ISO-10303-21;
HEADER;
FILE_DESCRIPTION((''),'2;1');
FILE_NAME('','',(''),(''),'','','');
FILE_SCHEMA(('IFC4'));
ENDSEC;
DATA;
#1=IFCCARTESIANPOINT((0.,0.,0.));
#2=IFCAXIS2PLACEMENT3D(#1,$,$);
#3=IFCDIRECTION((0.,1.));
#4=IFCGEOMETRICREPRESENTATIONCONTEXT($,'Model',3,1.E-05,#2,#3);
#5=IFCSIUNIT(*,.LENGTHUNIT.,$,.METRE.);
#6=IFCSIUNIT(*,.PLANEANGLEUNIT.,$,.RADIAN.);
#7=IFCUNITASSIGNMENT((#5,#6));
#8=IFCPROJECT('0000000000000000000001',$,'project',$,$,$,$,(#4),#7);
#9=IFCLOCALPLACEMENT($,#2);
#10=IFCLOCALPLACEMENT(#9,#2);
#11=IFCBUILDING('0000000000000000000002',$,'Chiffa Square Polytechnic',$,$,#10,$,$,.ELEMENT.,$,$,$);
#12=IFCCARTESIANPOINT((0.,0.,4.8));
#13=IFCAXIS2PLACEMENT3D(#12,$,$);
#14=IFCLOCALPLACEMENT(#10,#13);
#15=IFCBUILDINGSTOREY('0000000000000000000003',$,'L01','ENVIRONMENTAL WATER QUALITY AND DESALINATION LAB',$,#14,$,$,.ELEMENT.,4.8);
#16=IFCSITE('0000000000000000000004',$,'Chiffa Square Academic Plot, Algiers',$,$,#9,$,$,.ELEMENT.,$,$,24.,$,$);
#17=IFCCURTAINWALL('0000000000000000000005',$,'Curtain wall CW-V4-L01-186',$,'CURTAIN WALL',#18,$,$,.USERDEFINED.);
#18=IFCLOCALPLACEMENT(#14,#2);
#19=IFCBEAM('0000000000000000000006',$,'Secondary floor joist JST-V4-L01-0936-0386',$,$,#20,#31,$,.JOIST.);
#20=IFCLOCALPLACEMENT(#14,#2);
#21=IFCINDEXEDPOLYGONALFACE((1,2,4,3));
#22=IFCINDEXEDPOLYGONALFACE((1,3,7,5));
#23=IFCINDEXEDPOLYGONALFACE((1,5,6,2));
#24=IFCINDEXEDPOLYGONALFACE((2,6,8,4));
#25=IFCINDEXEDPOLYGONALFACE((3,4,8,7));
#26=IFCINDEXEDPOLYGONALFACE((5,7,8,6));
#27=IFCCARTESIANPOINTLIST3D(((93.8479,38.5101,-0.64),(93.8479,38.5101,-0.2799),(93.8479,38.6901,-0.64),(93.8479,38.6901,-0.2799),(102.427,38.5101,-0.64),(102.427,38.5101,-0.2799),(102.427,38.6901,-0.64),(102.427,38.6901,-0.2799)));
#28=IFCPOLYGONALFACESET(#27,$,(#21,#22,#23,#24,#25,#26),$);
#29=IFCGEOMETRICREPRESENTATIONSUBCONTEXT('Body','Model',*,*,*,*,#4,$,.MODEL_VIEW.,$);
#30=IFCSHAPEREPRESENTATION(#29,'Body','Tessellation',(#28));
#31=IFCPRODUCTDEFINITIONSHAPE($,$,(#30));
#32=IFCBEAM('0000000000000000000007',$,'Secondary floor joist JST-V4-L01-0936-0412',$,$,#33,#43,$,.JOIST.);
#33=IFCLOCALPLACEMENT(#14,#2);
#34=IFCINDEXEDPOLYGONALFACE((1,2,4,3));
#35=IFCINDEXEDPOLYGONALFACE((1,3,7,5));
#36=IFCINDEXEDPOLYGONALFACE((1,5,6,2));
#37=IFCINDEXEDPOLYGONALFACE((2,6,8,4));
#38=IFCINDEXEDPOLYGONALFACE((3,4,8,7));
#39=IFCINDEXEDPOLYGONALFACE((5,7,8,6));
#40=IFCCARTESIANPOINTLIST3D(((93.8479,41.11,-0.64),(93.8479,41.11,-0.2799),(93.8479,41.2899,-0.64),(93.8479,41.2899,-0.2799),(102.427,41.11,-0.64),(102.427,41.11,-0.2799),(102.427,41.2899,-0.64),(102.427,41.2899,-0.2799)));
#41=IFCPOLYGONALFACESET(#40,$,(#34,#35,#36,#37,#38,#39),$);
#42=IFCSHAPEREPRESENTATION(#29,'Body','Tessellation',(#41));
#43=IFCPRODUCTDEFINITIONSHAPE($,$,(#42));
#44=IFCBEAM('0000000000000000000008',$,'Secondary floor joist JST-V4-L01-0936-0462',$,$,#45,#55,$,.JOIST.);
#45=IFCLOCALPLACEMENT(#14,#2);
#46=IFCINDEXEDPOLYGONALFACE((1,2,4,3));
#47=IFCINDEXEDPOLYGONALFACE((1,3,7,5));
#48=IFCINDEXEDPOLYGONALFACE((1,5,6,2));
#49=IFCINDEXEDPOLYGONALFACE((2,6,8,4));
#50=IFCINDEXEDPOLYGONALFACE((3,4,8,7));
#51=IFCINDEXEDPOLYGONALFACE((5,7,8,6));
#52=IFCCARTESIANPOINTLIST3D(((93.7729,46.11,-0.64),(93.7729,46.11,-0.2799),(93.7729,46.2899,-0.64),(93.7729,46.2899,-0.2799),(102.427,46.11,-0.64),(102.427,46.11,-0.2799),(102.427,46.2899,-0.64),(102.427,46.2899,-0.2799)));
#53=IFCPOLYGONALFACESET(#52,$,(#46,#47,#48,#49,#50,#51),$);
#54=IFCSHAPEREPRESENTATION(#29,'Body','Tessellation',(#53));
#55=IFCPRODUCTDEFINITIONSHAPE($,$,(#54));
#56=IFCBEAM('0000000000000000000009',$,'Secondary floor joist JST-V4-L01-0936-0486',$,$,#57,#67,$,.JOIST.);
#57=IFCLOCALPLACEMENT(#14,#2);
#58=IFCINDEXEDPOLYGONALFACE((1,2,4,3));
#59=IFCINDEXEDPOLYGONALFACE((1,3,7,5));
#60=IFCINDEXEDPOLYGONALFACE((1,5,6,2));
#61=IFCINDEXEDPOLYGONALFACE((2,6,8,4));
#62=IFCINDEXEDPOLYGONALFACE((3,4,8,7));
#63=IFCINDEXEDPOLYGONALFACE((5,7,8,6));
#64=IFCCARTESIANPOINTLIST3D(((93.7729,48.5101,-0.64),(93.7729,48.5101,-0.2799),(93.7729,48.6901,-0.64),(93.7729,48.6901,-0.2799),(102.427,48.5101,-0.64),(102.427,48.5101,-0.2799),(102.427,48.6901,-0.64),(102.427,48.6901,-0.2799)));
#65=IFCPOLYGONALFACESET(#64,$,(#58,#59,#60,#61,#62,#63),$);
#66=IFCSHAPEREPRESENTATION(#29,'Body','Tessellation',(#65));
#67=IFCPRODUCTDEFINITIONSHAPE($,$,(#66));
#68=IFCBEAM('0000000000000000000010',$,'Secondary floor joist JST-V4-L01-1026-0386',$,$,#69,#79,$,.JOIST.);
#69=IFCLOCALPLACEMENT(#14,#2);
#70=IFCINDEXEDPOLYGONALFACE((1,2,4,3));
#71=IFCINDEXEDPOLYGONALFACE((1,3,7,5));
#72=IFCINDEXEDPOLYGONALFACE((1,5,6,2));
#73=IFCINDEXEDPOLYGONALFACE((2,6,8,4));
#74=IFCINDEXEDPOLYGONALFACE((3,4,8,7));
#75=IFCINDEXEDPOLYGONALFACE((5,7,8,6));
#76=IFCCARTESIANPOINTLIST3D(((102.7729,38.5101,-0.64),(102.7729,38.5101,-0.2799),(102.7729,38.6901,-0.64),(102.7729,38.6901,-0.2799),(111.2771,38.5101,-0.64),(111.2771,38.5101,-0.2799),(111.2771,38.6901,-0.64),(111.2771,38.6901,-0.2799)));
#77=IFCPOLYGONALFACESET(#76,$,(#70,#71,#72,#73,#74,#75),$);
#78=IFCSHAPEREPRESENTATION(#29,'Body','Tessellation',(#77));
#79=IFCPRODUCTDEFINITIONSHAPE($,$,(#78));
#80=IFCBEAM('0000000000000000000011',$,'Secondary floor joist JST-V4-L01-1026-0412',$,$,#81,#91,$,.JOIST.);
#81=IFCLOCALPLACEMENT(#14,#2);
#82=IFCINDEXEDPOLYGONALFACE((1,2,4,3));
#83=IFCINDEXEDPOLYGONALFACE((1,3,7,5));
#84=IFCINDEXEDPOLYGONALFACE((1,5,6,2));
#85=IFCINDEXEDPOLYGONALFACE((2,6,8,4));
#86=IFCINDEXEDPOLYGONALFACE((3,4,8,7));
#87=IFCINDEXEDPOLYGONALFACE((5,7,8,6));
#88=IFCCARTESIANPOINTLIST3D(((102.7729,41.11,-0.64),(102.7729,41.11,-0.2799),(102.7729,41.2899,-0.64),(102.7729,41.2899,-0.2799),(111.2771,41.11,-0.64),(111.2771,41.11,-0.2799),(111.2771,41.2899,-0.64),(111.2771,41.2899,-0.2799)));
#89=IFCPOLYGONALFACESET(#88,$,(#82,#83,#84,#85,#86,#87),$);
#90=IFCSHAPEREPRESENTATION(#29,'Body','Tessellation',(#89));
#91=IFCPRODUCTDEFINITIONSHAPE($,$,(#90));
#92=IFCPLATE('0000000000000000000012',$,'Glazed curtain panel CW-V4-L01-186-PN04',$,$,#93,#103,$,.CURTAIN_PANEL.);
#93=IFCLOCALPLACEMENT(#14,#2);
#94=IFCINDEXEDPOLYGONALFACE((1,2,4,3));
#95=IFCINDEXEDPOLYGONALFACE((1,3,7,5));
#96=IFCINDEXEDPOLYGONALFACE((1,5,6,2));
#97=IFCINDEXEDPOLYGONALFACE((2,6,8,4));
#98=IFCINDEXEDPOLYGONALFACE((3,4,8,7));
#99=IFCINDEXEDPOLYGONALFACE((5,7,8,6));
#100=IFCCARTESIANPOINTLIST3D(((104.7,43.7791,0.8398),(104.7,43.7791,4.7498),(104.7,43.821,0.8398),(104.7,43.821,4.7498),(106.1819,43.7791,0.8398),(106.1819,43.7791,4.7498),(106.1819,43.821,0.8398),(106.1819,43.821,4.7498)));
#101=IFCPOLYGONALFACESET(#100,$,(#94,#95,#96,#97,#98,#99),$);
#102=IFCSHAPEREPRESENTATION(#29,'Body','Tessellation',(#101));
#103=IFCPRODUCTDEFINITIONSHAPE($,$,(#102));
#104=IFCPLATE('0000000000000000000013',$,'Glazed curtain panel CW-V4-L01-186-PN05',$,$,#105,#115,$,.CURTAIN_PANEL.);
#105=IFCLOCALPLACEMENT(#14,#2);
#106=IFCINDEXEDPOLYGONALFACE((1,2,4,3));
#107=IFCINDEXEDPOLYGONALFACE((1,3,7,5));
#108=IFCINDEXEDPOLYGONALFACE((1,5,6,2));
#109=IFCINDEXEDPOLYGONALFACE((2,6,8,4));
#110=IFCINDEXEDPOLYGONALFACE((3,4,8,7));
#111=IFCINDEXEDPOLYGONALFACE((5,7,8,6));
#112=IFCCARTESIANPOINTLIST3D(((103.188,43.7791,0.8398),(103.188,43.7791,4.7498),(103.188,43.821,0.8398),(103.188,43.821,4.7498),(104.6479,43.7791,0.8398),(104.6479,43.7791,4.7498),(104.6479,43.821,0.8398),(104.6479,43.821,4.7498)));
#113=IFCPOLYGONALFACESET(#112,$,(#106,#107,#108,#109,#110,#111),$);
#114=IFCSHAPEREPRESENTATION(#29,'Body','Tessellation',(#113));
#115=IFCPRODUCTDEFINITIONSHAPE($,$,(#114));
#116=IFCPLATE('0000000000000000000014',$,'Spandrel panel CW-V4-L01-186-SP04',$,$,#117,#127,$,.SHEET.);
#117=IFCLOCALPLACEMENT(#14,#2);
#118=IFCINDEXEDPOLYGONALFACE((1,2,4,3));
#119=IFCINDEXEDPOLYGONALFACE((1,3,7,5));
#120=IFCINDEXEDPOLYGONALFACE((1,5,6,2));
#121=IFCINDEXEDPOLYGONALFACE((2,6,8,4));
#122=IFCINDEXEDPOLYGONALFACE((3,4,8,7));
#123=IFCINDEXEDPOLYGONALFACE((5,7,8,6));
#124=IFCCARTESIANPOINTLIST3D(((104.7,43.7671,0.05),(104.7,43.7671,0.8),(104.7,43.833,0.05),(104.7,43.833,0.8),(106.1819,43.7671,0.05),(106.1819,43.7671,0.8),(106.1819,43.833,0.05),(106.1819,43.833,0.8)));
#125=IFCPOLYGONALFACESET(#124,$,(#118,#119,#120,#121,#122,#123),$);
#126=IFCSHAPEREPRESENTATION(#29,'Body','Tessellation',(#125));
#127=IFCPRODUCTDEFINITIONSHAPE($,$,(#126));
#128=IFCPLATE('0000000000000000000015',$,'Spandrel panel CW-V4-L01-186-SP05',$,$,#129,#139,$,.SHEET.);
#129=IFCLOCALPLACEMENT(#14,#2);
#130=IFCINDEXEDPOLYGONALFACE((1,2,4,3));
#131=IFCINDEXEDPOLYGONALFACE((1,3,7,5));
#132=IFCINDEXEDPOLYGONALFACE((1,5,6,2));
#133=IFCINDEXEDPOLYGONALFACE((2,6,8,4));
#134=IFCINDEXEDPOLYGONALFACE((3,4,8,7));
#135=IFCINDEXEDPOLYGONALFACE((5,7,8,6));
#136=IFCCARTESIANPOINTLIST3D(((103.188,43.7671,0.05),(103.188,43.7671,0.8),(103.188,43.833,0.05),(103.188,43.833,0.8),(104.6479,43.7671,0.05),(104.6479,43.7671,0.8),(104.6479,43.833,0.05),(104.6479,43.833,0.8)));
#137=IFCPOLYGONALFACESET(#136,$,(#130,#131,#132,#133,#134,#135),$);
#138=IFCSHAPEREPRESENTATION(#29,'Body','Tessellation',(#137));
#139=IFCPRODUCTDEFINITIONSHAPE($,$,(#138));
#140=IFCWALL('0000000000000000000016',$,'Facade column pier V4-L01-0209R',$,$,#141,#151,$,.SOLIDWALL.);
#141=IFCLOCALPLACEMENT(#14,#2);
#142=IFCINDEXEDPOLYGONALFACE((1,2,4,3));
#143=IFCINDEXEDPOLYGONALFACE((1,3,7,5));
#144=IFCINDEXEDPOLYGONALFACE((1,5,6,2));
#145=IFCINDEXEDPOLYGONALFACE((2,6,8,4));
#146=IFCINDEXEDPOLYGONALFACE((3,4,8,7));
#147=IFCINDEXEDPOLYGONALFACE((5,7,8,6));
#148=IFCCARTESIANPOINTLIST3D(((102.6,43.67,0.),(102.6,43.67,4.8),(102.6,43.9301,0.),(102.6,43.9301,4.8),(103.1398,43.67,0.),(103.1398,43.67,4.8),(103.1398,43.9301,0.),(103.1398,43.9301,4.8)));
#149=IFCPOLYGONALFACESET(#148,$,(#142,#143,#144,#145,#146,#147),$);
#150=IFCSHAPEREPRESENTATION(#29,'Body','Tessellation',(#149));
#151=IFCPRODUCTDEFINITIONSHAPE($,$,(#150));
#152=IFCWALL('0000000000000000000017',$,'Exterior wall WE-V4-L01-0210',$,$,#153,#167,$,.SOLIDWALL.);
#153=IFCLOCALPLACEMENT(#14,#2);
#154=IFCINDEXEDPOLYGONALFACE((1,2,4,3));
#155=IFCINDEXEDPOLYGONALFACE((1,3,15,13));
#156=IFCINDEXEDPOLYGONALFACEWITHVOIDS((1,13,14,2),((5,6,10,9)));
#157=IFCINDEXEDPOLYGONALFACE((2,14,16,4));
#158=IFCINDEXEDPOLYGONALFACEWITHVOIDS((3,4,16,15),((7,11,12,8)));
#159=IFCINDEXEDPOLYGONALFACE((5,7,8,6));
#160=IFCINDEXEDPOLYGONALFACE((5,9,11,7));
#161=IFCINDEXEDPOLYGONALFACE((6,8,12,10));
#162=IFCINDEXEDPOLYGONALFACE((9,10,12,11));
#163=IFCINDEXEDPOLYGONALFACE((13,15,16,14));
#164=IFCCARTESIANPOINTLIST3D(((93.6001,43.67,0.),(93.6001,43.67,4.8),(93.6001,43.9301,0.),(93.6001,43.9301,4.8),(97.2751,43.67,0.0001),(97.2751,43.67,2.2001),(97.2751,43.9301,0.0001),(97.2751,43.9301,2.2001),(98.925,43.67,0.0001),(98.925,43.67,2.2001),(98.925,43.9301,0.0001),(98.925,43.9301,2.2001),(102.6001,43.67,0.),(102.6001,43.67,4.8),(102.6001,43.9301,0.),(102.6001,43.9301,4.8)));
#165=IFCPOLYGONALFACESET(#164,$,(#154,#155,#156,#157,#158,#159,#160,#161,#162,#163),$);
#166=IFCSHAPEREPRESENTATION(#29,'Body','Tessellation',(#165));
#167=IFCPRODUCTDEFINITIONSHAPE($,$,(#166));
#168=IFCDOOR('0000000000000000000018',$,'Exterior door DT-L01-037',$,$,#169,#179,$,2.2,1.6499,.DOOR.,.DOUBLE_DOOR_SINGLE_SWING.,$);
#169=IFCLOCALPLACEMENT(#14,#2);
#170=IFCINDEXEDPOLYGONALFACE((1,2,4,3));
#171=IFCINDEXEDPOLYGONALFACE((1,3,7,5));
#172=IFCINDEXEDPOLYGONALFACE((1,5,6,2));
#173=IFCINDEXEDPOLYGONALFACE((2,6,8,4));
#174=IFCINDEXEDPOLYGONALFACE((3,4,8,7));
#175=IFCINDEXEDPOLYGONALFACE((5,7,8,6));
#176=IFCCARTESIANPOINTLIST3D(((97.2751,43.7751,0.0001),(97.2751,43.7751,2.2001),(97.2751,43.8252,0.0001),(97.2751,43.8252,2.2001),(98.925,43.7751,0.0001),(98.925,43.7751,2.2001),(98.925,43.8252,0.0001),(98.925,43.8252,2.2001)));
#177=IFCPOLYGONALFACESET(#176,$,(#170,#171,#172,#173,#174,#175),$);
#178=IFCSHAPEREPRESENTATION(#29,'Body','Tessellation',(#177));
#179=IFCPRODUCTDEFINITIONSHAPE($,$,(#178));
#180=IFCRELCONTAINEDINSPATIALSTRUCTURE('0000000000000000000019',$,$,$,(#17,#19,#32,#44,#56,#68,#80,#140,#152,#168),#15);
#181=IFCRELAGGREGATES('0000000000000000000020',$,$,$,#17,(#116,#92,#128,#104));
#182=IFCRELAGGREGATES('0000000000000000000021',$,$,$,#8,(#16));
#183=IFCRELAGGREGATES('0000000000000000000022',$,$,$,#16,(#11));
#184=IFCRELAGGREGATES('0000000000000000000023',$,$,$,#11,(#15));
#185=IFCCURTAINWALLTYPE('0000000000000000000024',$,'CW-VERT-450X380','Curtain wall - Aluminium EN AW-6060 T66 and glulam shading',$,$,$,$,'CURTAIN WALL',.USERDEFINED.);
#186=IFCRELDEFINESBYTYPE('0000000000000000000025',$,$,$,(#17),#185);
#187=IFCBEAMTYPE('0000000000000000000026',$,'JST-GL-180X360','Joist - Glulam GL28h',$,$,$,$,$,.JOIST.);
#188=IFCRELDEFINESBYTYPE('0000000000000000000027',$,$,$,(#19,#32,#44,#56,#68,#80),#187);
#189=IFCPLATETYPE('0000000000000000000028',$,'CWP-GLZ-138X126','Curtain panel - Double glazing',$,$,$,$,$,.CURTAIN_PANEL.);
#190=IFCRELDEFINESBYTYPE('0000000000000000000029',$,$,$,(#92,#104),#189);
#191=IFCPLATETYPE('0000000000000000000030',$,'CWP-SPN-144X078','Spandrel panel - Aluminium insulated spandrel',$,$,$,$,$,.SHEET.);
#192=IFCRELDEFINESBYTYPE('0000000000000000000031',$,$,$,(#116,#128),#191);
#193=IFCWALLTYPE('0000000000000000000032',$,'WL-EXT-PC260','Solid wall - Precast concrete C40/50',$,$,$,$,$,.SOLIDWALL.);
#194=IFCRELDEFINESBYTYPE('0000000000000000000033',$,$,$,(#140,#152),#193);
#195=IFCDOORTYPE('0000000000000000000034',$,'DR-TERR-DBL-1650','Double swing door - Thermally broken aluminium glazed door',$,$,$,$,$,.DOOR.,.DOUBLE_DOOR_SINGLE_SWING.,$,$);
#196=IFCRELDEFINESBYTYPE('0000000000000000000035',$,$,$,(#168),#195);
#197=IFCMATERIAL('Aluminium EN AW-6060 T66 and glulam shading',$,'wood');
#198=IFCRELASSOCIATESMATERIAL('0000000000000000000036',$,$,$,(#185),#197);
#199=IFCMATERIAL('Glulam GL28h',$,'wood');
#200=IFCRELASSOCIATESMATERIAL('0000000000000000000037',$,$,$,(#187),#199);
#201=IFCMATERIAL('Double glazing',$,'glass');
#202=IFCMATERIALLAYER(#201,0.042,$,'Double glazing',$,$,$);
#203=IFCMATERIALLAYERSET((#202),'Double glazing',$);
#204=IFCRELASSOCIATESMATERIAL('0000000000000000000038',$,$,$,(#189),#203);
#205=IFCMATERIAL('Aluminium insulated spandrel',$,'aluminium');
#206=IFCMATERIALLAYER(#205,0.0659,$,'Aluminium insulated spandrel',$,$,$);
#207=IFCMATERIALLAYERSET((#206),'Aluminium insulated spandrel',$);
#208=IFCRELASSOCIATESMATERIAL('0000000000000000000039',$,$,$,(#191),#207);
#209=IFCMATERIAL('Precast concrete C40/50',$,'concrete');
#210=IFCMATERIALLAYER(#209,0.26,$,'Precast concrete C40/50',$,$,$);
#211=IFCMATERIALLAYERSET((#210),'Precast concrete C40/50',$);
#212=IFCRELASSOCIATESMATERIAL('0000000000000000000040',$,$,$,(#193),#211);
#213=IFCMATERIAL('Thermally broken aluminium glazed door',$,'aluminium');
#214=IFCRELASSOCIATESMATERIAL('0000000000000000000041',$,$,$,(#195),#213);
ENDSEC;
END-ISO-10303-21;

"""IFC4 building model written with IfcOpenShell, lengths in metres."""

from ifc_helpers import new_model, si_unit, direction, frame, frame_2d, origin, origin_2d, place, context, subcontext, project, spatial, rectangle, extrude, material, layer, layer_set, material_profile, profile_set, type_object, element, fill, aggregate, save


model = new_model("IFC4")

# Units and contexts
model_context = context("Model", 3, precision=1e-05, world=origin(), true_north=direction((0.0, 1.0)))
body_context = subcontext(model_context, "Body", "Model", "MODEL_VIEW")
ifc_project = project(units=[si_unit("LENGTHUNIT", "METRE"), si_unit("PLANEANGLEUNIT", "RADIAN")], contexts=[model_context])

# Site, building, storey
site_placement = place(None, origin())
site = spatial("IfcSite", under=ifc_project, at=site_placement, Name="Chiffa Square Academic Plot, Algiers", CompositionType="ELEMENT", RefElevation=24.0)
building_placement = place(site_placement, origin())
building = spatial("IfcBuilding", under=site, at=building_placement, Name="Chiffa Square Polytechnic", CompositionType="ELEMENT")
storey_placement = place(building_placement, frame((0.0, 0.0, 4.8)))
storey = spatial("IfcBuildingStorey", under=building, at=storey_placement, Name="L01", Description="ENVIRONMENTAL WATER QUALITY AND DESALINATION LAB", CompositionType="ELEMENT", Elevation=4.8)

# Curtain wall
ifc_material_1 = material(Name="Aluminium EN AW-6060 T66 and glulam shading", Category="wood")
curtain_wall_type = type_object("IfcCurtainWallType", Name="CW-VERT-450X380", Description="Curtain wall - Aluminium EN AW-6060 T66 and glulam shading", ElementType="CURTAIN WALL", PredefinedType="USERDEFINED", material=ifc_material_1)
curtain_wall_placement = place(storey_placement, origin())
curtain_wall = element("IfcCurtainWall", 1, at=curtain_wall_placement, inside=storey, type_object=curtain_wall_type, Name="Curtain wall CW-V4-L01-186", ObjectType="CURTAIN WALL", PredefinedType="USERDEFINED")
ifc_material_2 = material(Name="Glulam GL28h", Category="wood")

# Beams
ifc_material_profile_1 = material_profile(ifc_material_2, rectangle(XDim=0.1799, YDim=0.3601, at=origin_2d()), Name="GL28h 180x360")
ifc_profile_set_1 = profile_set([ifc_material_profile_1], Name="Glulam GL28h")
beam_type_1 = type_object("IfcBeamType", Name="JST-GL-180X360", Description="Joist - Glulam GL28h", PredefinedType="JOIST", material=ifc_profile_set_1)
for number, where, z_axis, x_axis, name in (
    (2, (93.8479, 38.6001, -0.46), (1.0, 0.0, 0.0), (0.0, 1.0, 0.0), "Secondary floor joist JST-V4-L01-0936-0386"),
    (3, (93.8479, 41.2, -0.46), (1.0, 0.0, 0.0), (0.0, 1.0, 0.0), "Secondary floor joist JST-V4-L01-0936-0412"),
):
    element("IfcBeam", number, at=place(storey_placement, frame(where, z_axis=z_axis, x_axis=x_axis)), inside=storey, type_object=beam_type_1, Name=name, PredefinedType="JOIST", context=body_context, shape_type="SweptSolid", body=[
        extrude(rectangle(XDim=0.1799, YDim=0.3601, at=origin_2d()), origin(), (0.0, 0.0, 1.0), 8.5791),
    ])
for number, where, z_axis, x_axis, name in (
    (4, (93.7729, 46.2, -0.46), (1.0, 0.0, 0.0), (0.0, 1.0, 0.0), "Secondary floor joist JST-V4-L01-0936-0462"),
    (5, (93.7729, 48.6001, -0.46), (1.0, 0.0, 0.0), (0.0, 1.0, 0.0), "Secondary floor joist JST-V4-L01-0936-0486"),
):
    element("IfcBeam", number, at=place(storey_placement, frame(where, z_axis=z_axis, x_axis=x_axis)), inside=storey, type_object=beam_type_1, Name=name, PredefinedType="JOIST", context=body_context, shape_type="SweptSolid", body=[
        extrude(rectangle(XDim=0.1799, YDim=0.3601, at=origin_2d()), origin(), (0.0, 0.0, 1.0), 8.6541),
    ])
for number, where, z_axis, x_axis, name in (
    (6, (102.7729, 38.6001, -0.46), (1.0, 0.0, 0.0), (0.0, 1.0, 0.0), "Secondary floor joist JST-V4-L01-1026-0386"),
    (7, (102.7729, 41.2, -0.46), (1.0, 0.0, 0.0), (0.0, 1.0, 0.0), "Secondary floor joist JST-V4-L01-1026-0412"),
):
    element("IfcBeam", number, at=place(storey_placement, frame(where, z_axis=z_axis, x_axis=x_axis)), inside=storey, type_object=beam_type_1, Name=name, PredefinedType="JOIST", context=body_context, shape_type="SweptSolid", body=[
        extrude(rectangle(XDim=0.1799, YDim=0.3601, at=origin_2d()), origin(), (0.0, 0.0, 1.0), 8.5042),
    ])

# Plates
ifc_material_3 = material(Name="Double glazing", Category="glass")
ifc_layer_1 = layer(ifc_material_3, 0.042, Name="Double glazing")
ifc_layer_set_1 = layer_set([ifc_layer_1], Name="Double glazing")
plate_type_1 = type_object("IfcPlateType", Name="CWP-GLZ-138X126", Description="Curtain panel - Double glazing", PredefinedType="CURTAIN_PANEL", material=ifc_layer_set_1)
plate_1_placement = place(storey_placement, frame((105.4409, 43.8, 0.8398), z_axis=(0.0, 0.0, 1.0), x_axis=(-1.0, 0.0, 0.0)))
plate_1 = element("IfcPlate", 8, at=plate_1_placement, type_object=plate_type_1, Name="Glazed curtain panel CW-V4-L01-186-PN04", PredefinedType="CURTAIN_PANEL", context=body_context, shape_type="SweptSolid", body=[
    extrude(rectangle(XDim=1.4819, YDim=0.042, at=origin_2d()), origin(), (0.0, 0.0, 1.0), 3.9099),
])
plate_2_placement = place(storey_placement, frame((103.918, 43.8, 0.8398), z_axis=(0.0, 0.0, 1.0), x_axis=(-1.0, 0.0, 0.0)))
plate_2 = element("IfcPlate", 9, at=plate_2_placement, type_object=plate_type_1, Name="Glazed curtain panel CW-V4-L01-186-PN05", PredefinedType="CURTAIN_PANEL", context=body_context, shape_type="SweptSolid", body=[
    extrude(rectangle(XDim=1.46, YDim=0.042, at=origin_2d()), origin(), (0.0, 0.0, 1.0), 3.9099),
])
ifc_material_4 = material(Name="Aluminium insulated spandrel", Category="aluminium")
ifc_layer_2 = layer(ifc_material_4, 0.0659, Name="Aluminium insulated spandrel")
ifc_layer_set_2 = layer_set([ifc_layer_2], Name="Aluminium insulated spandrel")
plate_type_2 = type_object("IfcPlateType", Name="CWP-SPN-144X078", Description="Spandrel panel - Aluminium insulated spandrel", PredefinedType="SHEET", material=ifc_layer_set_2)
plate_3_placement = place(storey_placement, frame((105.4409, 43.8, 0.05), z_axis=(0.0, 0.0, 1.0), x_axis=(-1.0, 0.0, 0.0)))
plate_3 = element("IfcPlate", 10, at=plate_3_placement, type_object=plate_type_2, Name="Spandrel panel CW-V4-L01-186-SP04", PredefinedType="SHEET", context=body_context, shape_type="SweptSolid", body=[
    extrude(rectangle(XDim=1.4819, YDim=0.0659, at=origin_2d()), origin(), (0.0, 0.0, 1.0), 0.75),
])
plate_4_placement = place(storey_placement, frame((103.918, 43.8, 0.05), z_axis=(0.0, 0.0, 1.0), x_axis=(-1.0, 0.0, 0.0)))
plate_4 = element("IfcPlate", 11, at=plate_4_placement, type_object=plate_type_2, Name="Spandrel panel CW-V4-L01-186-SP05", PredefinedType="SHEET", context=body_context, shape_type="SweptSolid", body=[
    extrude(rectangle(XDim=1.46, YDim=0.0659, at=origin_2d()), origin(), (0.0, 0.0, 1.0), 0.75),
])
aggregate(curtain_wall, [plate_3, plate_1, plate_4, plate_2])

# Wall
ifc_material_5 = material(Name="Precast concrete C40/50", Category="concrete")
ifc_layer_3 = layer(ifc_material_5, 0.26, Name="Precast concrete C40/50")
ifc_layer_set_3 = layer_set([ifc_layer_3], Name="Precast concrete C40/50")
wall_type = type_object("IfcWallType", Name="WL-EXT-PC260", Description="Solid wall - Precast concrete C40/50", PredefinedType="SOLIDWALL", material=ifc_layer_set_3)
wall_1_placement = place(storey_placement, frame((103.1399, 43.8, 0.0), z_axis=(0.0, 0.0, 1.0), x_axis=(-1.0, 0.0, 0.0)))
element("IfcWall", 12, at=wall_1_placement, inside=storey, type_object=wall_type, Name="Facade column pier V4-L01-0209R", PredefinedType="SOLIDWALL", context=body_context, shape_type="SweptSolid", body=[
    extrude(rectangle(XDim=0.5398, YDim=0.26, at=frame_2d((0.27, 0.0))), origin(), (0.0, 0.0, 1.0), 4.8),
])

# Wall, opening, door
wall_2_placement = place(storey_placement, frame((102.6001, 43.8, 0.0), z_axis=(0.0, 0.0, 1.0), x_axis=(-1.0, 0.0, 0.0)))
wall_2 = element("IfcWall", 13, at=wall_2_placement, inside=storey, type_object=wall_type, Name="Exterior wall WE-V4-L01-0210", PredefinedType="SOLIDWALL", context=body_context, shape_type="SweptSolid", body=[
    extrude(rectangle(XDim=9.0, YDim=0.26, at=frame_2d((4.5, 0.0))), origin(), (0.0, 0.0, 1.0), 4.8),
])
opening_1_placement = place(wall_2_placement, frame((3.675, 0.0, 0.0)))
opening_1 = element("IfcOpeningElement", 14, at=opening_1_placement, cuts=wall_2, PredefinedType="OPENING", context=body_context, shape_type="SweptSolid", body=[
    extrude(rectangle(XDim=1.6499, YDim=2.2, at=frame_2d((0.825, 1.1001))), frame((0.0, 0.1401, 0.0), z_axis=(0.0, -1.0, 0.0), x_axis=(1.0, 0.0, 0.0)), (0.0, 0.0, 1.0), 0.28),
])
ifc_material_6 = material(Name="Thermally broken aluminium glazed door", Category="aluminium")
door_type_1 = type_object("IfcDoorType", Name="DR-TERR-DBL-1650", Description="Double swing door - Thermally broken aluminium glazed door", OperationType="DOUBLE_DOOR_SINGLE_SWING", PredefinedType="DOOR", material=ifc_material_6)
door_1_placement = place(opening_1_placement, origin())
door_1 = element("IfcDoor", 15, at=door_1_placement, inside=storey, type_object=door_type_1, Name="Exterior door DT-L01-037", OperationType="DOUBLE_DOOR_SINGLE_SWING", OverallHeight=2.2, OverallWidth=1.6499, PredefinedType="DOOR", context=body_context, shape_type="SweptSolid", body=[
    extrude(rectangle(XDim=1.6499, YDim=2.2, at=frame_2d((0.825, 1.1001))), frame((0.0, 0.0249, 0.0), z_axis=(0.0, -1.0, 0.0), x_axis=(1.0, 0.0, 0.0)), (0.0, 0.0, 1.0), 0.05),
])
fill(opening_1, door_1)

save(model, "model.ifc")
